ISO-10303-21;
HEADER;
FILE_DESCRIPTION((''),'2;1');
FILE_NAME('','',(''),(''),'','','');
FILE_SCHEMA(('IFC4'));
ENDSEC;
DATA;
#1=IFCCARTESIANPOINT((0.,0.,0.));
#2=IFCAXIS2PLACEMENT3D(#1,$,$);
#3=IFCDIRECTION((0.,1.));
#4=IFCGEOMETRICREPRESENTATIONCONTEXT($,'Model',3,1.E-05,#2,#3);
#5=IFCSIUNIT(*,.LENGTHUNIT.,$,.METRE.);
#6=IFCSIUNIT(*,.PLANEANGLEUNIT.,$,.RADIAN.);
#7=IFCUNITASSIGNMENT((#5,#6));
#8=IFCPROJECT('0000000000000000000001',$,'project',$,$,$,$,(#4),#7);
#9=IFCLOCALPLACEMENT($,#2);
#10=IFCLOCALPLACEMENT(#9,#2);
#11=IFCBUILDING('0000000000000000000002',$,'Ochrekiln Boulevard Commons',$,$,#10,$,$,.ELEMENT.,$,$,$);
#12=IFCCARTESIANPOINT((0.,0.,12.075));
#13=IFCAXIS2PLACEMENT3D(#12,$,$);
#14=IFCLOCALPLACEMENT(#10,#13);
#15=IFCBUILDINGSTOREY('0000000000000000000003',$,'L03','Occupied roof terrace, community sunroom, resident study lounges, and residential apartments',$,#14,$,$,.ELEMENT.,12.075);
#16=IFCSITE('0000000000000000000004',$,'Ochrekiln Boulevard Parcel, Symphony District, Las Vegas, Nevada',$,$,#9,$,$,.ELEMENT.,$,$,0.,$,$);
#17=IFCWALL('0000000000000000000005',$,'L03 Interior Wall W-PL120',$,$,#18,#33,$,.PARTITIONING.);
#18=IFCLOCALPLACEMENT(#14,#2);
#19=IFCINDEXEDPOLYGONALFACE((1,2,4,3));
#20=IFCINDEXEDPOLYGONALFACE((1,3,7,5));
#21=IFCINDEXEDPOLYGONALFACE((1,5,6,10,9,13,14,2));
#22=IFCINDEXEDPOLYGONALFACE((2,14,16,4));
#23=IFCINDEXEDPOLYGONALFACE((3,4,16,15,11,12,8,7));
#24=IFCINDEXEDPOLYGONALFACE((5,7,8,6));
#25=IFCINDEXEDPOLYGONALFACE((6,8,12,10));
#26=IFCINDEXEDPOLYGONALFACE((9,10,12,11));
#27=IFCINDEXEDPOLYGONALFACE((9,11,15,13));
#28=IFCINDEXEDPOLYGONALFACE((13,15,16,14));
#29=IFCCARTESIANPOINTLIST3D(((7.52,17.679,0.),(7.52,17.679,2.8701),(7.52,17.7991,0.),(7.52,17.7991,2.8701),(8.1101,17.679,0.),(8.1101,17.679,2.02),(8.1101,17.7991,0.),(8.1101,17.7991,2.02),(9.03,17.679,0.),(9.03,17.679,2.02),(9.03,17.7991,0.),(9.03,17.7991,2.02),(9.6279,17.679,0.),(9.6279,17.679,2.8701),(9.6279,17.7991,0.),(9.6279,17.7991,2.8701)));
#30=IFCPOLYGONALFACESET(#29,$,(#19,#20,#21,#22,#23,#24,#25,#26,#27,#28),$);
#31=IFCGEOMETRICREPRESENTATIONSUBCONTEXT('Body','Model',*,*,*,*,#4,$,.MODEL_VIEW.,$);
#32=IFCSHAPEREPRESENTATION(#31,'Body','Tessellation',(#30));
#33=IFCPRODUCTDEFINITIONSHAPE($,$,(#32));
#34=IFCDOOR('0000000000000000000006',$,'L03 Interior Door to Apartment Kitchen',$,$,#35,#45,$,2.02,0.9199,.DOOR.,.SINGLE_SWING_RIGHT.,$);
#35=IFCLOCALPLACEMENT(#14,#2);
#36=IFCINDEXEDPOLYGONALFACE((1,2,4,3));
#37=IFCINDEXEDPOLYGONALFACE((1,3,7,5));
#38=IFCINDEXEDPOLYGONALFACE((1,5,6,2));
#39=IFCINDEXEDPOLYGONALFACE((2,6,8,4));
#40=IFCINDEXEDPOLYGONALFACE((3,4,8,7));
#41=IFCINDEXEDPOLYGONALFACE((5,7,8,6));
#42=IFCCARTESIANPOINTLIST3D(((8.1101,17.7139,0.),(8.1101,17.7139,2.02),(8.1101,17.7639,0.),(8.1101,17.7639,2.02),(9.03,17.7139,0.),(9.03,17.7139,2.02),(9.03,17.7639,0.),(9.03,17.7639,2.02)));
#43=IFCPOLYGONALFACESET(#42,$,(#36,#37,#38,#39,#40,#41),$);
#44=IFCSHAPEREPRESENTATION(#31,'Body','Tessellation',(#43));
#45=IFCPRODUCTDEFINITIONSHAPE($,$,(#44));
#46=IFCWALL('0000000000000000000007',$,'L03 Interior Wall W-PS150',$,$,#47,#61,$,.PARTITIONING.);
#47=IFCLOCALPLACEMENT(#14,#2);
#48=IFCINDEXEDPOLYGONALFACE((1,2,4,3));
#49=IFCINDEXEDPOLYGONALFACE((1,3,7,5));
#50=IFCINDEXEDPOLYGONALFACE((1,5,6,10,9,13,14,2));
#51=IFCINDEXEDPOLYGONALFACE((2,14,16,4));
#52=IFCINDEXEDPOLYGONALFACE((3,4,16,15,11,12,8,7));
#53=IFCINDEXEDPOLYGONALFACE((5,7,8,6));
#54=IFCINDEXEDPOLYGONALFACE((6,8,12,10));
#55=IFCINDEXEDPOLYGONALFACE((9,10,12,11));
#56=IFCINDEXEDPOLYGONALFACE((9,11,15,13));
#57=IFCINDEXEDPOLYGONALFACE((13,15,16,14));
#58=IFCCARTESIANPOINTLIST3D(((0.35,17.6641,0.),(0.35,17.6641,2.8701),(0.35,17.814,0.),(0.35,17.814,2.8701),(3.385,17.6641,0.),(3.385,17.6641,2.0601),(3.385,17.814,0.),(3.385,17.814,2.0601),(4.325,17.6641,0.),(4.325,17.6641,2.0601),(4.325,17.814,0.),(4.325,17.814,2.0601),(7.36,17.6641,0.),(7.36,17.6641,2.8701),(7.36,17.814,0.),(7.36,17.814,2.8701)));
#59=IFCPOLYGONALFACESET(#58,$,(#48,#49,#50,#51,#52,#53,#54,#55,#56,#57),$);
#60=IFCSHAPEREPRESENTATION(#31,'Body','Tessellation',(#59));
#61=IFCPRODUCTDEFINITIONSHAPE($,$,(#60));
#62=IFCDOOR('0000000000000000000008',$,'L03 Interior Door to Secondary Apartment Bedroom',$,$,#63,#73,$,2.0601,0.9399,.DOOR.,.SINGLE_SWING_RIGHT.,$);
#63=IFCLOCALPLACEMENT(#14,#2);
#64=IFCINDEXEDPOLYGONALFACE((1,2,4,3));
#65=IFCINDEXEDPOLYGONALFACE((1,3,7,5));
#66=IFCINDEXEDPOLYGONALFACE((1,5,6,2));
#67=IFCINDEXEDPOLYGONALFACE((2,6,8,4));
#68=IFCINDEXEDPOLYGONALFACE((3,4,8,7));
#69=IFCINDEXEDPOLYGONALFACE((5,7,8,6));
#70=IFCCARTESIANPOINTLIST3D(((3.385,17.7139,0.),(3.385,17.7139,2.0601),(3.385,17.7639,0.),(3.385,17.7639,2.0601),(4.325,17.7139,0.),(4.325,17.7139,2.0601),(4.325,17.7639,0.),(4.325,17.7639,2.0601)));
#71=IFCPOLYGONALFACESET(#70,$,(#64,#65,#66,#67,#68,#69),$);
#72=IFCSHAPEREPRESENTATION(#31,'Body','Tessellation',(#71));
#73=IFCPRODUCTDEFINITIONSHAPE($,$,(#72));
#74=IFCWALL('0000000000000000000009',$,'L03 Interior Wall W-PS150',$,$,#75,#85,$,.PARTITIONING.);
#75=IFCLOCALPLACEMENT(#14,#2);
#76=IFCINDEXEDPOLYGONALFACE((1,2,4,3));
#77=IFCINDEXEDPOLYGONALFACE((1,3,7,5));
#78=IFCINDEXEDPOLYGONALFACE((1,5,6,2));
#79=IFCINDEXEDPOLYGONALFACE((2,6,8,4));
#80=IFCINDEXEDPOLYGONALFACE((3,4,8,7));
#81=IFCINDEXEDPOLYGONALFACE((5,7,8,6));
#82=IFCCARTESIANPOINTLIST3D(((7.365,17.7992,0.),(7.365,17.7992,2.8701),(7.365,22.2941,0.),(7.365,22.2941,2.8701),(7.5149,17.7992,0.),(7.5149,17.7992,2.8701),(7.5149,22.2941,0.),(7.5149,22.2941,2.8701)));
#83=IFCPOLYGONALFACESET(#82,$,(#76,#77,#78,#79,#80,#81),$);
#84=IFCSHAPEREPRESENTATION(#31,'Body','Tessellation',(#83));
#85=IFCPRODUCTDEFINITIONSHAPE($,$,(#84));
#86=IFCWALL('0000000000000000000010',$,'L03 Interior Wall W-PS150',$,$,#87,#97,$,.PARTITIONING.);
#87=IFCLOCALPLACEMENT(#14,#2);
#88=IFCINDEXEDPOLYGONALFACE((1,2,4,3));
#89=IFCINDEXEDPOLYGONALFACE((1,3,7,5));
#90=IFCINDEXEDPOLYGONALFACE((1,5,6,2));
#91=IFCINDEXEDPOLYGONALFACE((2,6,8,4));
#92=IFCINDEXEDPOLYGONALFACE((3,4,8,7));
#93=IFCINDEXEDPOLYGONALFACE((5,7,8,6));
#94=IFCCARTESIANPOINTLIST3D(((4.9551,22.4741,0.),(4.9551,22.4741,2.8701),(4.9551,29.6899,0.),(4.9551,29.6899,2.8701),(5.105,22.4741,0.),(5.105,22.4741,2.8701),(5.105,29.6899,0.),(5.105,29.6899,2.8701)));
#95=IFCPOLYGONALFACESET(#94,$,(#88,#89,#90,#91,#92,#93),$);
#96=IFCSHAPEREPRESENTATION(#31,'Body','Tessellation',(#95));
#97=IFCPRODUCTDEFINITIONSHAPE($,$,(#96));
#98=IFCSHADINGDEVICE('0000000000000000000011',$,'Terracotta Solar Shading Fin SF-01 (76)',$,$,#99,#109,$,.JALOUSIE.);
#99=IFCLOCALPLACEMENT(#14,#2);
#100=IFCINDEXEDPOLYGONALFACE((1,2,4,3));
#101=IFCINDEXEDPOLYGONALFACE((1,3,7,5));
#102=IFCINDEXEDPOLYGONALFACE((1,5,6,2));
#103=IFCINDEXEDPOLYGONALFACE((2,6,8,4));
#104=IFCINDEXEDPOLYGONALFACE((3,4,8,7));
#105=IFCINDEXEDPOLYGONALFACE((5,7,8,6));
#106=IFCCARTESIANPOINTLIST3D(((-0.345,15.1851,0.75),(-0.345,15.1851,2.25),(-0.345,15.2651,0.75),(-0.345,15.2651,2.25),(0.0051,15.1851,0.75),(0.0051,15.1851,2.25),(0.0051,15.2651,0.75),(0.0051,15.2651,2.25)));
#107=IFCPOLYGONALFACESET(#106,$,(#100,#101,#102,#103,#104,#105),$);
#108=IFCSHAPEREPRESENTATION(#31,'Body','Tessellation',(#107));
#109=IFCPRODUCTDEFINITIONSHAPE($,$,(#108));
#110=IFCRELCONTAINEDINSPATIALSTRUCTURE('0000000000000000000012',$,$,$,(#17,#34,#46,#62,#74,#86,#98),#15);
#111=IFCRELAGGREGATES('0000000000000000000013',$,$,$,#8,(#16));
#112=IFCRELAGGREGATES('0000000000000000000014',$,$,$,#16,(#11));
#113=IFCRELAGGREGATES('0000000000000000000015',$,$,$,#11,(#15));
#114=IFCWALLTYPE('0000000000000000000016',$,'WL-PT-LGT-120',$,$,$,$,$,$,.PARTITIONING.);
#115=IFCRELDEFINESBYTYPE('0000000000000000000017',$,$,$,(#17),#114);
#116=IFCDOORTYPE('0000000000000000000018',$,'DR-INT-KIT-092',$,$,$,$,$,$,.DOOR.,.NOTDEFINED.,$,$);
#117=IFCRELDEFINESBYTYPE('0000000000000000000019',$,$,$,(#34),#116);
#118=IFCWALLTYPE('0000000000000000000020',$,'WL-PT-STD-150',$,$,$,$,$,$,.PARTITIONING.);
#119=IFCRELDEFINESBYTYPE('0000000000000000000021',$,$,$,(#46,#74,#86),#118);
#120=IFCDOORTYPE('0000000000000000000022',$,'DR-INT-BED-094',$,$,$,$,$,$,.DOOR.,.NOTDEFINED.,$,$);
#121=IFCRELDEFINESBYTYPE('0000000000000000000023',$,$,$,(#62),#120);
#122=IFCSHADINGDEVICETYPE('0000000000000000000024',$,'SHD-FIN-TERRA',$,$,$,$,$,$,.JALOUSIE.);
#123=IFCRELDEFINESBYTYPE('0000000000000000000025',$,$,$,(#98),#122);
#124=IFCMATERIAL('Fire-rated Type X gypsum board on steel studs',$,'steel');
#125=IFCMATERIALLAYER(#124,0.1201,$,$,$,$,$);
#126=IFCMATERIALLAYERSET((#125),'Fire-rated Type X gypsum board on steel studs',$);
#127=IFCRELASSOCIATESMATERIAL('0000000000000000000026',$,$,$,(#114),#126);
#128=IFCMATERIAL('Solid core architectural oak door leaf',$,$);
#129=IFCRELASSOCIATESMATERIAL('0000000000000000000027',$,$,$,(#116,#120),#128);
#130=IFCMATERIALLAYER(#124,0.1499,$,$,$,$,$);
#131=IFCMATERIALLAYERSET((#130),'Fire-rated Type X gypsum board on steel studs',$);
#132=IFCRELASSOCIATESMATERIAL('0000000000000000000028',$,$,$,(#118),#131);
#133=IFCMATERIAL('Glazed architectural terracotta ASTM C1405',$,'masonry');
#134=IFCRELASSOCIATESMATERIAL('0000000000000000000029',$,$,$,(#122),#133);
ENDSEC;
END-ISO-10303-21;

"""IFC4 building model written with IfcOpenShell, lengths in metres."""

from ifc_helpers import new_model, si_unit, direction, frame, frame_2d, origin, origin_2d, place, context, subcontext, project, spatial, rectangle, extrude, material, layer, layer_set, type_object, element, fill, save


model = new_model("IFC4")

# Units and contexts
model_context = context("Model", 3, precision=1e-05, world=origin(), true_north=direction((0.0, 1.0)))
body_context = subcontext(model_context, "Body", "Model", "MODEL_VIEW")
ifc_project = project(units=[si_unit("LENGTHUNIT", "METRE"), si_unit("PLANEANGLEUNIT", "RADIAN")], contexts=[model_context])

# Site, building, storey
site_placement = place(None, origin())
site = spatial("IfcSite", under=ifc_project, at=site_placement, Name="Ochrekiln Boulevard Parcel, Symphony District, Las Vegas, Nevada", CompositionType="ELEMENT", RefElevation=0.0)
building_placement = place(site_placement, origin())
building = spatial("IfcBuilding", under=site, at=building_placement, Name="Ochrekiln Boulevard Commons", CompositionType="ELEMENT")
storey_placement = place(building_placement, frame((0.0, 0.0, 12.075)))
storey = spatial("IfcBuildingStorey", under=building, at=storey_placement, Name="L03", Description="Occupied roof terrace, community sunroom, resident study lounges, and residential apartments", CompositionType="ELEMENT", Elevation=12.075)

# Shared definitions
ifc_material_1 = material(Name="Fire-rated Type X gypsum board on steel studs", Category="steel")

# Shared definitions
ifc_material_2 = material(Name="Solid core architectural oak door leaf")

# Walls, openings, doors
ifc_layer_1 = layer(ifc_material_1, 0.1201)
ifc_layer_set_1 = layer_set([ifc_layer_1], Name="Fire-rated Type X gypsum board on steel studs")
wall_type_1 = type_object("IfcWallType", Name="WL-PT-LGT-120", PredefinedType="PARTITIONING", material=ifc_layer_set_1)
wall_1_placement = place(storey_placement, frame((7.52, 17.739, 0.0), z_axis=(0.0, 0.0, 1.0), x_axis=(1.0, 0.0, 0.0)))
wall_1 = element("IfcWall", 1, at=wall_1_placement, inside=storey, type_object=wall_type_1, Name="L03 Interior Wall W-PL120", PredefinedType="PARTITIONING", context=body_context, shape_type="SweptSolid", body=[
    extrude(rectangle(XDim=2.1079, YDim=0.1201, at=frame_2d((1.054, 0.0))), origin(), (0.0, 0.0, 1.0), 2.8701),
])
opening_1_placement = place(wall_1_placement, frame((0.5901, 0.0, 0.0)))
opening_1 = element("IfcOpeningElement", 2, at=opening_1_placement, cuts=wall_1, PredefinedType="OPENING", context=body_context, shape_type="SweptSolid", body=[
    extrude(rectangle(XDim=0.9199, YDim=2.02, at=frame_2d((0.46, 1.01))), frame((0.0, 0.0701, 0.0), z_axis=(0.0, -1.0, 0.0), x_axis=(1.0, 0.0, 0.0)), (0.0, 0.0, 1.0), 0.1401),
])
door_type_1 = type_object("IfcDoorType", Name="DR-INT-KIT-092", OperationType="NOTDEFINED", PredefinedType="DOOR", material=ifc_material_2)
door_1_placement = place(opening_1_placement, origin())
door_1 = element("IfcDoor", 3, at=door_1_placement, inside=storey, type_object=door_type_1, Name="L03 Interior Door to Apartment Kitchen", OperationType="SINGLE_SWING_RIGHT", OverallHeight=2.02, OverallWidth=0.9199, PredefinedType="DOOR", context=body_context, shape_type="SweptSolid", body=[
    extrude(rectangle(XDim=0.9199, YDim=2.02, at=frame_2d((0.46, 1.01))), frame((0.0, 0.0249, 0.0), z_axis=(0.0, -1.0, 0.0), x_axis=(1.0, 0.0, 0.0)), (0.0, 0.0, 1.0), 0.05),
])
fill(opening_1, door_1)
ifc_layer_2 = layer(ifc_material_1, 0.1499)
ifc_layer_set_2 = layer_set([ifc_layer_2], Name="Fire-rated Type X gypsum board on steel studs")
wall_type_2 = type_object("IfcWallType", Name="WL-PT-STD-150", PredefinedType="PARTITIONING", material=ifc_layer_set_2)
wall_2_placement = place(storey_placement, frame((0.3501, 17.739, 0.0), z_axis=(0.0, 0.0, 1.0), x_axis=(1.0, 0.0, 0.0)))
wall_2 = element("IfcWall", 4, at=wall_2_placement, inside=storey, type_object=wall_type_2, Name="L03 Interior Wall W-PS150", PredefinedType="PARTITIONING", context=body_context, shape_type="SweptSolid", body=[
    extrude(rectangle(XDim=7.01, YDim=0.1499, at=frame_2d((3.5049, 0.0))), origin(), (0.0, 0.0, 1.0), 2.8701),
])
opening_2_placement = place(wall_2_placement, frame((3.0349, 0.0, 0.0)))
opening_2 = element("IfcOpeningElement", 5, at=opening_2_placement, cuts=wall_2, PredefinedType="OPENING", context=body_context, shape_type="SweptSolid", body=[
    extrude(rectangle(XDim=0.9399, YDim=2.0601, at=frame_2d((0.47, 1.03))), frame((0.0, 0.085, 0.0), z_axis=(0.0, -1.0, 0.0), x_axis=(1.0, 0.0, 0.0)), (0.0, 0.0, 1.0), 0.1699),
])
door_type_2 = type_object("IfcDoorType", Name="DR-INT-BED-094", OperationType="NOTDEFINED", PredefinedType="DOOR", material=ifc_material_2)
door_2_placement = place(opening_2_placement, origin())
door_2 = element("IfcDoor", 6, at=door_2_placement, inside=storey, type_object=door_type_2, Name="L03 Interior Door to Secondary Apartment Bedroom", OperationType="SINGLE_SWING_RIGHT", OverallHeight=2.0601, OverallWidth=0.9399, PredefinedType="DOOR", context=body_context, shape_type="SweptSolid", body=[
    extrude(rectangle(XDim=0.9399, YDim=2.0601, at=frame_2d((0.47, 1.03))), frame((0.0, 0.0249, 0.0), z_axis=(0.0, -1.0, 0.0), x_axis=(1.0, 0.0, 0.0)), (0.0, 0.0, 1.0), 0.05),
])
fill(opening_2, door_2)

# Walls
wall_3_placement = place(storey_placement, frame((7.4399, 17.7991, 0.0), z_axis=(0.0, 0.0, 1.0), x_axis=(0.0, 1.0, 0.0)))
element("IfcWall", 7, at=wall_3_placement, inside=storey, type_object=wall_type_2, Name="L03 Interior Wall W-PS150", PredefinedType="PARTITIONING", context=body_context, shape_type="SweptSolid", body=[
    extrude(rectangle(XDim=4.4949, YDim=0.1499, at=frame_2d((2.2476, 0.0))), origin(), (0.0, 0.0, 1.0), 2.8701),
])
wall_4_placement = place(storey_placement, frame((5.03, 22.4741, 0.0), z_axis=(0.0, 0.0, 1.0), x_axis=(0.0, 1.0, 0.0)))
element("IfcWall", 8, at=wall_4_placement, inside=storey, type_object=wall_type_2, Name="L03 Interior Wall W-PS150", PredefinedType="PARTITIONING", context=body_context, shape_type="SweptSolid", body=[
    extrude(rectangle(XDim=7.2158, YDim=0.1499, at=frame_2d((3.6079, 0.0))), origin(), (0.0, 0.0, 1.0), 2.8701),
])

# Shading device
ifc_material_3 = material(Name="Glazed architectural terracotta ASTM C1405", Category="masonry")
shading_device_type = type_object("IfcShadingDeviceType", Name="SHD-FIN-TERRA", PredefinedType="JALOUSIE", material=ifc_material_3)
shading_device_placement = place(storey_placement, frame((-0.1699, 15.2251, 0.75), z_axis=(0.0, 0.0, 1.0), x_axis=(1.0, 0.0, 0.0)))
element("IfcShadingDevice", 9, at=shading_device_placement, inside=storey, type_object=shading_device_type, Name="Terracotta Solar Shading Fin SF-01 (76)", PredefinedType="JALOUSIE", context=body_context, shape_type="SweptSolid", body=[
    extrude(rectangle(XDim=0.3501, YDim=0.0801, at=origin_2d()), origin(), (0.0, 0.0, 1.0), 1.5),
])

save(model, "model.ifc")
